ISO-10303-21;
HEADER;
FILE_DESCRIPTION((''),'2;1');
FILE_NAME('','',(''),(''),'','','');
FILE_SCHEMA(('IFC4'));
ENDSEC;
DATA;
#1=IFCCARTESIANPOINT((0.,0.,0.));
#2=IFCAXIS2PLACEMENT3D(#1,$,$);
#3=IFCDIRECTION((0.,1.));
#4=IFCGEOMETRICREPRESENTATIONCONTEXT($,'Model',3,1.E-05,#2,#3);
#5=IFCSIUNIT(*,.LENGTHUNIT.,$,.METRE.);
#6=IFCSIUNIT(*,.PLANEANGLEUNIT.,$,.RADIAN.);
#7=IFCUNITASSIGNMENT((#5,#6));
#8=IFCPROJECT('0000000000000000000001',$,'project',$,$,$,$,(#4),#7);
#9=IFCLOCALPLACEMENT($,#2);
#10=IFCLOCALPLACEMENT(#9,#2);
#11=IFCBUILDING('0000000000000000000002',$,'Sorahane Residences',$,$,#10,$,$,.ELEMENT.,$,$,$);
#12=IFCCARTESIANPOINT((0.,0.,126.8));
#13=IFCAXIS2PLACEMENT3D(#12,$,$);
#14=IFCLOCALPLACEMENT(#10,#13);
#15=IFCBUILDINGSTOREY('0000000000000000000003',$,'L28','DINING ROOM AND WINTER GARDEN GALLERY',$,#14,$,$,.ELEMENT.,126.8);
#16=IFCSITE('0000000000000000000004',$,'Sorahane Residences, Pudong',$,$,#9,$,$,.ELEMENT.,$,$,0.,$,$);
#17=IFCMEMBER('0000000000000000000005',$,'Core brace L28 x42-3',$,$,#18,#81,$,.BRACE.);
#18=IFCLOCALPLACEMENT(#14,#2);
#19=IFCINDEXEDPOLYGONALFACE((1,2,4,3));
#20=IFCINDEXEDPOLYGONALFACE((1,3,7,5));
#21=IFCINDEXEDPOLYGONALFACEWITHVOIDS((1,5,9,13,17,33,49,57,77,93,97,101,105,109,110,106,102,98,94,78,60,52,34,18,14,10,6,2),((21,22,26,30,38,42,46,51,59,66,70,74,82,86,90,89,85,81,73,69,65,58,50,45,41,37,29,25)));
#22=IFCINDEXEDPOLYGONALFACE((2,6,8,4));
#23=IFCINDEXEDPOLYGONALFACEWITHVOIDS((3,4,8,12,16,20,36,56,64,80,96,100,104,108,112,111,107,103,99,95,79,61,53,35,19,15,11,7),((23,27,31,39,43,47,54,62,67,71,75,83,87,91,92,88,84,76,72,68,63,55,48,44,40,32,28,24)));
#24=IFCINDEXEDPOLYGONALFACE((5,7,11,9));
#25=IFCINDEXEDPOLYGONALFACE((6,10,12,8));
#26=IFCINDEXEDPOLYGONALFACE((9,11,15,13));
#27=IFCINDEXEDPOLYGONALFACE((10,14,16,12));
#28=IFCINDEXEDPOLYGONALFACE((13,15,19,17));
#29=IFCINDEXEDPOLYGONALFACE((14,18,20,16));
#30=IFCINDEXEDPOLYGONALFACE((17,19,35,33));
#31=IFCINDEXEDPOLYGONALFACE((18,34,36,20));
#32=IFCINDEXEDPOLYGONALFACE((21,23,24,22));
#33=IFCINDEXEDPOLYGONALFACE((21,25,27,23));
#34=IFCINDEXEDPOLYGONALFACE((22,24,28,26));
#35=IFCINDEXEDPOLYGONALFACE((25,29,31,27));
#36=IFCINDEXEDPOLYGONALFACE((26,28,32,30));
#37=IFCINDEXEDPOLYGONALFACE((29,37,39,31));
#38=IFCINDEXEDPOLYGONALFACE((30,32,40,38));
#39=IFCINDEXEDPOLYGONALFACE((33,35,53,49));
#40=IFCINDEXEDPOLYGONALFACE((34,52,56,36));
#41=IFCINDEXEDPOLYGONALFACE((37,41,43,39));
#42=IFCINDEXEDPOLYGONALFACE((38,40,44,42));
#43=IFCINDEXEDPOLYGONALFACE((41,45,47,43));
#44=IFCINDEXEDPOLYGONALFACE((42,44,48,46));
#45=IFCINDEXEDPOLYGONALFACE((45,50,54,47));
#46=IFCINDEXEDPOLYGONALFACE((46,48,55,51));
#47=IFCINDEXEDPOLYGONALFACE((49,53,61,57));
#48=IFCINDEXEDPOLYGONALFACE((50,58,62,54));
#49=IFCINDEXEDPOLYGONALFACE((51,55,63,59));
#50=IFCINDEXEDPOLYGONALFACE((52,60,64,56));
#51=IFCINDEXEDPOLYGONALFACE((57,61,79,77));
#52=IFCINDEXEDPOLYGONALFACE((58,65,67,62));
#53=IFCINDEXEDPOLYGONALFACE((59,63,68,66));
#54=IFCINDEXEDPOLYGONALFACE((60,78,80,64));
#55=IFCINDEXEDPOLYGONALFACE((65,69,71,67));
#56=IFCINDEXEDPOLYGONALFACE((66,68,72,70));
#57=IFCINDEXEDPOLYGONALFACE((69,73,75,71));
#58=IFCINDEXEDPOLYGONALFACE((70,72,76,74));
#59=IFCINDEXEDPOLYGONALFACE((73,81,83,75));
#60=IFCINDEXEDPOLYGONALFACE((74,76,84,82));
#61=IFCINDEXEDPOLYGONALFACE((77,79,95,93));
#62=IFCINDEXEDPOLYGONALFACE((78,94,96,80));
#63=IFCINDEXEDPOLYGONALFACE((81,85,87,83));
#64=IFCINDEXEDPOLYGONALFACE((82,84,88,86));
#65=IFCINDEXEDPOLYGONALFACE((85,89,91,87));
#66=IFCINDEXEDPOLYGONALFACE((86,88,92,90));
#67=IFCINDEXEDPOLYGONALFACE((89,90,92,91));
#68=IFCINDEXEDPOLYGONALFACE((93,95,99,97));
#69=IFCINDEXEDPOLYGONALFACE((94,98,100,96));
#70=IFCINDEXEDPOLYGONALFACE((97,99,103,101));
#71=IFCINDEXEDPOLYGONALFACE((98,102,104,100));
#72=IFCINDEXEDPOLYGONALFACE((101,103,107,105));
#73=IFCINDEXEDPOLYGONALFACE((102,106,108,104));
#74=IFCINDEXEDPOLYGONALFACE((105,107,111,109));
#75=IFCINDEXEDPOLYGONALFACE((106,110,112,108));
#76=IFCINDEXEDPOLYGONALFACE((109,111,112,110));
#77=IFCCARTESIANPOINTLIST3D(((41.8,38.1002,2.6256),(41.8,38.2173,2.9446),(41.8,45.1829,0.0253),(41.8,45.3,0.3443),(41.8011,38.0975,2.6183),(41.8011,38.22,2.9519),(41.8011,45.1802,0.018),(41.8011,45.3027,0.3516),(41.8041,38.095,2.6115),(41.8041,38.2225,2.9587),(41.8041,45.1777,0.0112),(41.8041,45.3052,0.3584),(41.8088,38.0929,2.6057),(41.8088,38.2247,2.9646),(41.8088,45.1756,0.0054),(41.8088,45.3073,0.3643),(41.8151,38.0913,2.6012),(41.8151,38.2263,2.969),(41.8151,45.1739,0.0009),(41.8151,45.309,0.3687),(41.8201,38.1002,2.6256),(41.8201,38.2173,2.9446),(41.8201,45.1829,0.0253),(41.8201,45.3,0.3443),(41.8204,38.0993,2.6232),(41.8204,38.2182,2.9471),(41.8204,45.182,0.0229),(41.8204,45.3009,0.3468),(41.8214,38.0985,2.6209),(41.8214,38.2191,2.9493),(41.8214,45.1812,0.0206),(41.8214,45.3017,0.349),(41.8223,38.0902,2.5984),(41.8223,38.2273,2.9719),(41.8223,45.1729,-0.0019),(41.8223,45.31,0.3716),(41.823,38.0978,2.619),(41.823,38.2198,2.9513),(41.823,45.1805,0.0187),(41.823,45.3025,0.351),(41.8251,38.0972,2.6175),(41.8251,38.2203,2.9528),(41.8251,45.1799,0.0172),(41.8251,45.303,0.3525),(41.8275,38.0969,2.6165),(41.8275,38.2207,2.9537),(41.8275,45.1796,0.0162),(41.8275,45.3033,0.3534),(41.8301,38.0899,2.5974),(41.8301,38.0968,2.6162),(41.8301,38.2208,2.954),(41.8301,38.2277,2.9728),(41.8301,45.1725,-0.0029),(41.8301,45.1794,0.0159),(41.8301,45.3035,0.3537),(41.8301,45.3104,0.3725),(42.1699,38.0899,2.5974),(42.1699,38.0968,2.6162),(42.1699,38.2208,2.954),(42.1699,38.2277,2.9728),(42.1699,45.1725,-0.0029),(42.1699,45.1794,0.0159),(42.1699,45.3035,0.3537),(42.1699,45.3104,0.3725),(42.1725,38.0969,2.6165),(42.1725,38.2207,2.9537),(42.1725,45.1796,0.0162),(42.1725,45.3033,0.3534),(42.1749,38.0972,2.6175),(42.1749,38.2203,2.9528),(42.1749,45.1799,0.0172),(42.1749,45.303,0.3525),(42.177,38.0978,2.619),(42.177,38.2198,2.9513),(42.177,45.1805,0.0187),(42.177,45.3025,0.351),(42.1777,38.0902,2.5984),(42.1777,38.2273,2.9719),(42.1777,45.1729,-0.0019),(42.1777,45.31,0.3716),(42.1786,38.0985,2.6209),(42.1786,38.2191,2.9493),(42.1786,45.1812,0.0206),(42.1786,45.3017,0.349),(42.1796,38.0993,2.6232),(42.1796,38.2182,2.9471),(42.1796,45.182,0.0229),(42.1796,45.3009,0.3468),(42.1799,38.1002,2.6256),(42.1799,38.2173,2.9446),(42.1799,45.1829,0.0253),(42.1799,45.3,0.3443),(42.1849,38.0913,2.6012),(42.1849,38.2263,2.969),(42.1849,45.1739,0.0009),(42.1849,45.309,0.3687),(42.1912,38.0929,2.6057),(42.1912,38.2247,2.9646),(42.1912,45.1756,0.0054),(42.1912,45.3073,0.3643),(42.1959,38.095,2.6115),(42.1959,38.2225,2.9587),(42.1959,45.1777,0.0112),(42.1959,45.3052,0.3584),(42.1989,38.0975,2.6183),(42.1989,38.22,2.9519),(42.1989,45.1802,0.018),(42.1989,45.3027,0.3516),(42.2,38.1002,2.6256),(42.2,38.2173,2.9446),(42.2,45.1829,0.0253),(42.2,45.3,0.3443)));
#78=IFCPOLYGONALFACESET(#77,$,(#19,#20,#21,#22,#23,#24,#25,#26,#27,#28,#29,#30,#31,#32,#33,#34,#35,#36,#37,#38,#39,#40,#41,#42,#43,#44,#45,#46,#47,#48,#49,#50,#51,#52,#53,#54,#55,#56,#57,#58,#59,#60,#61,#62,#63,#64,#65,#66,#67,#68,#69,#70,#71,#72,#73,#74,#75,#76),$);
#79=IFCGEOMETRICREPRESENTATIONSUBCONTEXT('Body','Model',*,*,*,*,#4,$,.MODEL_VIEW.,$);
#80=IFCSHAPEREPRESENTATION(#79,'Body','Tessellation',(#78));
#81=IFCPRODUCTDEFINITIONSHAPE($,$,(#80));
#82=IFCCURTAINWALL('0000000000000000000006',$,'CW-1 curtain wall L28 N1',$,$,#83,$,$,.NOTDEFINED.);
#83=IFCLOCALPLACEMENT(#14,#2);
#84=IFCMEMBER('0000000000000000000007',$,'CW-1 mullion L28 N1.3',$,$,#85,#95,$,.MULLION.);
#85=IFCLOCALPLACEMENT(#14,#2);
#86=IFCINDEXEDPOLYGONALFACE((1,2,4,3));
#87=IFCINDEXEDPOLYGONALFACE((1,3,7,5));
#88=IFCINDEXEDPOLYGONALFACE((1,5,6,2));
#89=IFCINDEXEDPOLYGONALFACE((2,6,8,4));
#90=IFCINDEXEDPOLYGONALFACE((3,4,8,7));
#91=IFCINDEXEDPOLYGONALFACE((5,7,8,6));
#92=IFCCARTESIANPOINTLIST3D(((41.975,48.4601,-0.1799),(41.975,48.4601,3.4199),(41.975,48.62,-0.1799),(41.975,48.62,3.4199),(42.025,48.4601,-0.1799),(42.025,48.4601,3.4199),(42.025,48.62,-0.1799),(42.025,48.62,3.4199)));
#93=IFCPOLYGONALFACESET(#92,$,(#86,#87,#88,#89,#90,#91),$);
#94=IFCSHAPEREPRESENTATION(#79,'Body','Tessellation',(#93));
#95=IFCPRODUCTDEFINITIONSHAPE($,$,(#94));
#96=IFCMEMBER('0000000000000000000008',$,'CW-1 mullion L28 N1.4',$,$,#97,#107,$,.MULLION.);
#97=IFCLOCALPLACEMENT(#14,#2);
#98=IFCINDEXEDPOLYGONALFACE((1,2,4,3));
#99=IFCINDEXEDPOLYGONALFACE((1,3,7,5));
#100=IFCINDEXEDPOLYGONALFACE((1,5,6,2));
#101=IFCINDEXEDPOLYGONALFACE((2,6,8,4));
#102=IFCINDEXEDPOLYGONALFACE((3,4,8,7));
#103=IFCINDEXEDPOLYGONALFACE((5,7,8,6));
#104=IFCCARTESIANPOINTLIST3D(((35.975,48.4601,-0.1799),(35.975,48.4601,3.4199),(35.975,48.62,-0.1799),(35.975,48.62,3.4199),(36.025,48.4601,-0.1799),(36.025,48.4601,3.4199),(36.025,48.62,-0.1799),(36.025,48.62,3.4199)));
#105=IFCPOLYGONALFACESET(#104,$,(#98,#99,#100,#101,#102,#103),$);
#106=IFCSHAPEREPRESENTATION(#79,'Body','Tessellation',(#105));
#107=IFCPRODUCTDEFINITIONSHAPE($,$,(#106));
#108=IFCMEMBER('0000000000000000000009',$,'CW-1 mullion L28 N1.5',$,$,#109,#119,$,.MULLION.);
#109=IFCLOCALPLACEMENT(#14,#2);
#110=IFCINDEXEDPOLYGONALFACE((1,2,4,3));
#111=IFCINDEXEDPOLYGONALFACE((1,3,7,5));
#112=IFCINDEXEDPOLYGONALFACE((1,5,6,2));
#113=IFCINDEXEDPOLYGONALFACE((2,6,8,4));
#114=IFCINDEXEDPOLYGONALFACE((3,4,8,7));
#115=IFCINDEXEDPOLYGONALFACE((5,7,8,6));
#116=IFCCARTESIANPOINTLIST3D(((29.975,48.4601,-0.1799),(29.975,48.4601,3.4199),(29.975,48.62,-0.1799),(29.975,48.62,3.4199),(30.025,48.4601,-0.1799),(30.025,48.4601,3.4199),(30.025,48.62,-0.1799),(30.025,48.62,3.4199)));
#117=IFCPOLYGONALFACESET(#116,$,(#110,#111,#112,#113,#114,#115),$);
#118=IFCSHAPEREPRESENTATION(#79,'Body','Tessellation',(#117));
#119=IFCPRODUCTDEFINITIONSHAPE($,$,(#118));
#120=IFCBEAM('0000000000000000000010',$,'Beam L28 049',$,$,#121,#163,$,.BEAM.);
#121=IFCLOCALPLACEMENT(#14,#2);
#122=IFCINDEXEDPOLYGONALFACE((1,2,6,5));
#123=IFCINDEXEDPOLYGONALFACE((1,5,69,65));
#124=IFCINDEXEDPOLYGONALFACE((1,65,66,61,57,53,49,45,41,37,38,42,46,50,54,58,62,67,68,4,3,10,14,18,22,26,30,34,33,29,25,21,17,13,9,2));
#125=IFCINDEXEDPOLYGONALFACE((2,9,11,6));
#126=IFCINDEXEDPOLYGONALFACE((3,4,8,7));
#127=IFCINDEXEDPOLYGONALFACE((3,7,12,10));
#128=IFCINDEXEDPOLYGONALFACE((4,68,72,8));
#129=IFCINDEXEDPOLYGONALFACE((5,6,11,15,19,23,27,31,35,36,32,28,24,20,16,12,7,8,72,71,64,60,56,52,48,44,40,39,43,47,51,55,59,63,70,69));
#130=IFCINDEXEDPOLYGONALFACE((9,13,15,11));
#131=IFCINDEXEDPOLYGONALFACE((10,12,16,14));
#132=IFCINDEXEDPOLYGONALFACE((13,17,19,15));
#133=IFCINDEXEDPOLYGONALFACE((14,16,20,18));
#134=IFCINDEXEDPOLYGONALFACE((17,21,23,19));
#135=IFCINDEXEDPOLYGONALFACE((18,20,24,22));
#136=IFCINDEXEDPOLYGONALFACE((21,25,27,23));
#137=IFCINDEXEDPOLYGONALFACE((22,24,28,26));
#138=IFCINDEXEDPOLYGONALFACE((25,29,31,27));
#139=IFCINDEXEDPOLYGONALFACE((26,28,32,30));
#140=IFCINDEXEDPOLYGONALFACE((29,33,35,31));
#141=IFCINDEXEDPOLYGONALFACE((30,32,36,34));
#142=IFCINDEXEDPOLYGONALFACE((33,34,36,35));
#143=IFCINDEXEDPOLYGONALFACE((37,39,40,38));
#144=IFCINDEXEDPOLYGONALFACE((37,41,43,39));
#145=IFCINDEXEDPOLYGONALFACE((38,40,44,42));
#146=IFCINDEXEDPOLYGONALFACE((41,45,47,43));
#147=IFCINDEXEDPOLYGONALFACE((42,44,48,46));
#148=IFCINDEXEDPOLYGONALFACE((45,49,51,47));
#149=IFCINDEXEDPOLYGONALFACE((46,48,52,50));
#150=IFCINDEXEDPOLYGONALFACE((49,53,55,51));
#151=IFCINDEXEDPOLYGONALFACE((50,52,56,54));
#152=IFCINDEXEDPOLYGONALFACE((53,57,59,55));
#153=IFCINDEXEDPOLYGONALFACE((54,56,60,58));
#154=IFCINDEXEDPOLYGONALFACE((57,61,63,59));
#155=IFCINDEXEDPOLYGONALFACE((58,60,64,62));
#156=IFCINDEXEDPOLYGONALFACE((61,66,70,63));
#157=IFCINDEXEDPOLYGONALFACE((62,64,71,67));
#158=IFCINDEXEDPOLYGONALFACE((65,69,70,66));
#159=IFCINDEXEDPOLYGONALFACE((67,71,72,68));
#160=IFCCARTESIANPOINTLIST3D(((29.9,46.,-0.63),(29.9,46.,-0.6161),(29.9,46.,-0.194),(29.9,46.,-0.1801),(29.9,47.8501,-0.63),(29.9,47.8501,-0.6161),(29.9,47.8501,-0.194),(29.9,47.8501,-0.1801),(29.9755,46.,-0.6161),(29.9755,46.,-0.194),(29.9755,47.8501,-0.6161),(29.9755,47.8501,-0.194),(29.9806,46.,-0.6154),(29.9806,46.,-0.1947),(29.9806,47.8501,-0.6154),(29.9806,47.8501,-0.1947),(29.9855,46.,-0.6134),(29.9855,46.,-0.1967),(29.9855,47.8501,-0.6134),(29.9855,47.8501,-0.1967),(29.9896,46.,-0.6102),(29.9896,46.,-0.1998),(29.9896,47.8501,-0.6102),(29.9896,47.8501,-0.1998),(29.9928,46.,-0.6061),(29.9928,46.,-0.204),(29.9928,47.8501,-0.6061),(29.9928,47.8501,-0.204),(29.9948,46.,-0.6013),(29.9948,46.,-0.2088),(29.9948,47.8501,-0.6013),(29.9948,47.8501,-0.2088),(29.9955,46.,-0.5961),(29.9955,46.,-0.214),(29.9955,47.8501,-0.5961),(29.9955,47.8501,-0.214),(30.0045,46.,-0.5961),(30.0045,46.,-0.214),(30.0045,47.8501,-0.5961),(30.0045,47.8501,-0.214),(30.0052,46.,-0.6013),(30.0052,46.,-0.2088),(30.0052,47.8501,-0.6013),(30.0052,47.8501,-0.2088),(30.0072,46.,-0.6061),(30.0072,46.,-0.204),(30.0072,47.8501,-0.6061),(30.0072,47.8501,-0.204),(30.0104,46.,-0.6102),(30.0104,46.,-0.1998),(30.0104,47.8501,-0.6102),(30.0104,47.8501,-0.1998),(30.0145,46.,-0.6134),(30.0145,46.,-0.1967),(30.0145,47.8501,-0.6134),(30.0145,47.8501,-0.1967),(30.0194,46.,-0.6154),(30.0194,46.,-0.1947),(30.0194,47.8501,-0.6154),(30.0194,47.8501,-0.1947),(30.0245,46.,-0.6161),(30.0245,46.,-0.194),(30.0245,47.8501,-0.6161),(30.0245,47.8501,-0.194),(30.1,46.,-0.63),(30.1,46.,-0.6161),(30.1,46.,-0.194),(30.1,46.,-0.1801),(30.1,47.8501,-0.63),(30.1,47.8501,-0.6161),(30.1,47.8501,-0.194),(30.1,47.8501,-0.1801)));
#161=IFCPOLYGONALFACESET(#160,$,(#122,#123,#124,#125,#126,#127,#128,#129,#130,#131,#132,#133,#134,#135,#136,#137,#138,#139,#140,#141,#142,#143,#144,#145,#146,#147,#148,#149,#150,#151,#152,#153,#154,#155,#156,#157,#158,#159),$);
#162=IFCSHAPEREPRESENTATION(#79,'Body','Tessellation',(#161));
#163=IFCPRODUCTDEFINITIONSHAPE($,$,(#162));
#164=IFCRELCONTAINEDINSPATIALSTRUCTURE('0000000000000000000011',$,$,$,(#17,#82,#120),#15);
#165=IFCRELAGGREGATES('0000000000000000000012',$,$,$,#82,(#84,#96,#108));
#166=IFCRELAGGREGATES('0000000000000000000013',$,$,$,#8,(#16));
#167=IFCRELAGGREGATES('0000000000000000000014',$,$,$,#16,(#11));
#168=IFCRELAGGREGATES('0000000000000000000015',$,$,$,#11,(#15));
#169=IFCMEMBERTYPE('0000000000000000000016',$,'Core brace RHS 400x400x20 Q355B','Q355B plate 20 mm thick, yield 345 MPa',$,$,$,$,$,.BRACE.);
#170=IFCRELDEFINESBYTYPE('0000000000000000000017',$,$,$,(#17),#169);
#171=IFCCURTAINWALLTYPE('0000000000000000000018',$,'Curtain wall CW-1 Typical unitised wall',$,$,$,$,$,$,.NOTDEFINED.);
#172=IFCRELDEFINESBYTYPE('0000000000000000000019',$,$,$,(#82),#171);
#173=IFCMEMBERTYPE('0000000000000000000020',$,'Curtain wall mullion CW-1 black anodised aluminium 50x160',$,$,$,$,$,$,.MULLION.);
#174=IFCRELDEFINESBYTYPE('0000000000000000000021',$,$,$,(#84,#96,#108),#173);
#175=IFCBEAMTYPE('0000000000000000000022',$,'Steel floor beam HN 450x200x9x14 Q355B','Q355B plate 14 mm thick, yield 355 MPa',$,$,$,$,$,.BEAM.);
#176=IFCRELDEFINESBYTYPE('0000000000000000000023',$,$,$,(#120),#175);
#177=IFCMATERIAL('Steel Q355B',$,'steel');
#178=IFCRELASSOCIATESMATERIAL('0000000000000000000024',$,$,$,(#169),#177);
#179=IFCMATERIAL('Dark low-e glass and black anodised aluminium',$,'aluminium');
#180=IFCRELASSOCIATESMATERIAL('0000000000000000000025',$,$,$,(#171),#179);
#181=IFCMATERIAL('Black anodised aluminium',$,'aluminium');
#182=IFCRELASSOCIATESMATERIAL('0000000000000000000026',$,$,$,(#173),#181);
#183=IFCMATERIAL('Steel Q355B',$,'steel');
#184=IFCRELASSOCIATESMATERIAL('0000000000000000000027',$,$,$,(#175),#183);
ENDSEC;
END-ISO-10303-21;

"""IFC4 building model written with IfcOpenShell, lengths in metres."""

from ifc_helpers import new_model, si_unit, direction, frame, origin, origin_2d, place, context, subcontext, project, spatial, rectangle, hollow_rectangle, i_section, extrude, material, material_profile, profile_set, type_object, element, aggregate, save


model = new_model("IFC4")

# Units and contexts
model_context = context("Model", 3, precision=1e-05, world=origin(), true_north=direction((0.0, 1.0)))
body_context = subcontext(model_context, "Body", "Model", "MODEL_VIEW")
ifc_project = project(units=[si_unit("LENGTHUNIT", "METRE"), si_unit("PLANEANGLEUNIT", "RADIAN")], contexts=[model_context])

# Site, building, storey
site_placement = place(None, origin())
site = spatial("IfcSite", under=ifc_project, at=site_placement, Name="Sorahane Residences, Pudong", CompositionType="ELEMENT", RefElevation=0.0)
building_placement = place(site_placement, origin())
building = spatial("IfcBuilding", under=site, at=building_placement, Name="Sorahane Residences", CompositionType="ELEMENT")
storey_placement = place(building_placement, frame((0.0, 0.0, 126.8)))
storey = spatial("IfcBuildingStorey", under=building, at=storey_placement, Name="L28", Description="DINING ROOM AND WINTER GARDEN GALLERY", CompositionType="ELEMENT", Elevation=126.8)

# Member
ifc_material_1 = material(Name="Steel Q355B", Category="steel")
ifc_material_profile_1 = material_profile(ifc_material_1, hollow_rectangle(XDim=0.3999, YDim=0.3999, WallThickness=0.02, InnerFilletRadius=0.01, OuterFilletRadius=0.03, at=origin_2d()), Name="RHS 400x400x20")
ifc_profile_set_1 = profile_set([ifc_material_profile_1], Name="Steel Q355B")
member_type_1 = type_object("IfcMemberType", Name="Core brace RHS 400x400x20 Q355B", Description="Q355B plate 20 mm thick, yield 345 MPa", PredefinedType="BRACE", material=ifc_profile_set_1)
member_1_placement = place(storey_placement, frame((42.0, 45.2415, 0.1848), z_axis=(0.0, -0.938734, 0.344643), x_axis=(1.0, 0.0, 0.0)))
element("IfcMember", 1, at=member_1_placement, inside=storey, type_object=member_type_1, Name="Core brace L28 x42-3", PredefinedType="BRACE", context=body_context, shape_type="SweptSolid", body=[
    extrude(hollow_rectangle(XDim=0.3999, YDim=0.3999, WallThickness=0.02, InnerFilletRadius=0.01, OuterFilletRadius=0.03, at=origin_2d()), origin(), (0.0, 0.0, 1.0), 7.5449),
])

# Curtain wall, members
ifc_material_2 = material(Name="Dark low-e glass and black anodised aluminium", Category="aluminium")
curtain_wall_type = type_object("IfcCurtainWallType", Name="Curtain wall CW-1 Typical unitised wall", PredefinedType="NOTDEFINED", material=ifc_material_2)
curtain_wall_placement = place(storey_placement, origin())
curtain_wall = element("IfcCurtainWall", 2, at=curtain_wall_placement, inside=storey, type_object=curtain_wall_type, Name="CW-1 curtain wall L28 N1", PredefinedType="NOTDEFINED")
ifc_material_3 = material(Name="Black anodised aluminium", Category="aluminium")
ifc_material_profile_2 = material_profile(ifc_material_3, rectangle(XDim=0.1599, YDim=0.05, at=origin_2d()), Name="Curtain wall mullion CW-1 black anodised aluminium 50x160")
ifc_profile_set_2 = profile_set([ifc_material_profile_2], Name="Black anodised aluminium")
member_type_2 = type_object("IfcMemberType", Name="Curtain wall mullion CW-1 black anodised aluminium 50x160", PredefinedType="MULLION", material=ifc_profile_set_2)
member_2_placement = place(storey_placement, frame((42.0, 48.54, -0.1799), z_axis=(0.0, 0.0, 1.0), x_axis=(0.0, 1.0, 0.0)))
member_2 = element("IfcMember", 3, at=member_2_placement, type_object=member_type_2, Name="CW-1 mullion L28 N1.3", PredefinedType="MULLION", context=body_context, shape_type="SweptSolid", body=[
    extrude(rectangle(XDim=0.1599, YDim=0.05, at=origin_2d()), origin(), (0.0, 0.0, 1.0), 3.5999),
])
member_3_placement = place(storey_placement, frame((36.0, 48.54, -0.1799), z_axis=(0.0, 0.0, 1.0), x_axis=(0.0, 1.0, 0.0)))
member_3 = element("IfcMember", 4, at=member_3_placement, type_object=member_type_2, Name="CW-1 mullion L28 N1.4", PredefinedType="MULLION", context=body_context, shape_type="SweptSolid", body=[
    extrude(rectangle(XDim=0.1599, YDim=0.05, at=origin_2d()), origin(), (0.0, 0.0, 1.0), 3.5999),
])
member_4_placement = place(storey_placement, frame((30.0, 48.54, -0.1799), z_axis=(0.0, 0.0, 1.0), x_axis=(0.0, 1.0, 0.0)))
member_4 = element("IfcMember", 5, at=member_4_placement, type_object=member_type_2, Name="CW-1 mullion L28 N1.5", PredefinedType="MULLION", context=body_context, shape_type="SweptSolid", body=[
    extrude(rectangle(XDim=0.1599, YDim=0.05, at=origin_2d()), origin(), (0.0, 0.0, 1.0), 3.5999),
])

# Beam
ifc_material_4 = material(Name="Steel Q355B", Category="steel")
ifc_material_profile_3 = material_profile(ifc_material_4, i_section(OverallWidth=0.2, OverallDepth=0.45, WebThickness=0.009, FlangeThickness=0.0139, FilletRadius=0.02, at=origin_2d()), Name="HN 450x200x9x14")
ifc_profile_set_3 = profile_set([ifc_material_profile_3], Name="Steel Q355B")
beam_type_1 = type_object("IfcBeamType", Name="Steel floor beam HN 450x200x9x14 Q355B", Description="Q355B plate 14 mm thick, yield 355 MPa", PredefinedType="BEAM", material=ifc_profile_set_3)
beam_1_placement = place(storey_placement, frame((30.0, 46.0, -0.405), z_axis=(0.0, 1.0, 0.0), x_axis=(-1.0, 0.0, 0.0)))
element("IfcBeam", 6, at=beam_1_placement, inside=storey, type_object=beam_type_1, Name="Beam L28 049", PredefinedType="BEAM", context=body_context, shape_type="SweptSolid", body=[
    extrude(i_section(OverallWidth=0.2, OverallDepth=0.45, WebThickness=0.009, FlangeThickness=0.0139, FilletRadius=0.02, at=origin_2d()), origin(), (0.0, 0.0, 1.0), 1.8501),
])

aggregate(curtain_wall, [member_2, member_3, member_4])

save(model, "model.ifc")
